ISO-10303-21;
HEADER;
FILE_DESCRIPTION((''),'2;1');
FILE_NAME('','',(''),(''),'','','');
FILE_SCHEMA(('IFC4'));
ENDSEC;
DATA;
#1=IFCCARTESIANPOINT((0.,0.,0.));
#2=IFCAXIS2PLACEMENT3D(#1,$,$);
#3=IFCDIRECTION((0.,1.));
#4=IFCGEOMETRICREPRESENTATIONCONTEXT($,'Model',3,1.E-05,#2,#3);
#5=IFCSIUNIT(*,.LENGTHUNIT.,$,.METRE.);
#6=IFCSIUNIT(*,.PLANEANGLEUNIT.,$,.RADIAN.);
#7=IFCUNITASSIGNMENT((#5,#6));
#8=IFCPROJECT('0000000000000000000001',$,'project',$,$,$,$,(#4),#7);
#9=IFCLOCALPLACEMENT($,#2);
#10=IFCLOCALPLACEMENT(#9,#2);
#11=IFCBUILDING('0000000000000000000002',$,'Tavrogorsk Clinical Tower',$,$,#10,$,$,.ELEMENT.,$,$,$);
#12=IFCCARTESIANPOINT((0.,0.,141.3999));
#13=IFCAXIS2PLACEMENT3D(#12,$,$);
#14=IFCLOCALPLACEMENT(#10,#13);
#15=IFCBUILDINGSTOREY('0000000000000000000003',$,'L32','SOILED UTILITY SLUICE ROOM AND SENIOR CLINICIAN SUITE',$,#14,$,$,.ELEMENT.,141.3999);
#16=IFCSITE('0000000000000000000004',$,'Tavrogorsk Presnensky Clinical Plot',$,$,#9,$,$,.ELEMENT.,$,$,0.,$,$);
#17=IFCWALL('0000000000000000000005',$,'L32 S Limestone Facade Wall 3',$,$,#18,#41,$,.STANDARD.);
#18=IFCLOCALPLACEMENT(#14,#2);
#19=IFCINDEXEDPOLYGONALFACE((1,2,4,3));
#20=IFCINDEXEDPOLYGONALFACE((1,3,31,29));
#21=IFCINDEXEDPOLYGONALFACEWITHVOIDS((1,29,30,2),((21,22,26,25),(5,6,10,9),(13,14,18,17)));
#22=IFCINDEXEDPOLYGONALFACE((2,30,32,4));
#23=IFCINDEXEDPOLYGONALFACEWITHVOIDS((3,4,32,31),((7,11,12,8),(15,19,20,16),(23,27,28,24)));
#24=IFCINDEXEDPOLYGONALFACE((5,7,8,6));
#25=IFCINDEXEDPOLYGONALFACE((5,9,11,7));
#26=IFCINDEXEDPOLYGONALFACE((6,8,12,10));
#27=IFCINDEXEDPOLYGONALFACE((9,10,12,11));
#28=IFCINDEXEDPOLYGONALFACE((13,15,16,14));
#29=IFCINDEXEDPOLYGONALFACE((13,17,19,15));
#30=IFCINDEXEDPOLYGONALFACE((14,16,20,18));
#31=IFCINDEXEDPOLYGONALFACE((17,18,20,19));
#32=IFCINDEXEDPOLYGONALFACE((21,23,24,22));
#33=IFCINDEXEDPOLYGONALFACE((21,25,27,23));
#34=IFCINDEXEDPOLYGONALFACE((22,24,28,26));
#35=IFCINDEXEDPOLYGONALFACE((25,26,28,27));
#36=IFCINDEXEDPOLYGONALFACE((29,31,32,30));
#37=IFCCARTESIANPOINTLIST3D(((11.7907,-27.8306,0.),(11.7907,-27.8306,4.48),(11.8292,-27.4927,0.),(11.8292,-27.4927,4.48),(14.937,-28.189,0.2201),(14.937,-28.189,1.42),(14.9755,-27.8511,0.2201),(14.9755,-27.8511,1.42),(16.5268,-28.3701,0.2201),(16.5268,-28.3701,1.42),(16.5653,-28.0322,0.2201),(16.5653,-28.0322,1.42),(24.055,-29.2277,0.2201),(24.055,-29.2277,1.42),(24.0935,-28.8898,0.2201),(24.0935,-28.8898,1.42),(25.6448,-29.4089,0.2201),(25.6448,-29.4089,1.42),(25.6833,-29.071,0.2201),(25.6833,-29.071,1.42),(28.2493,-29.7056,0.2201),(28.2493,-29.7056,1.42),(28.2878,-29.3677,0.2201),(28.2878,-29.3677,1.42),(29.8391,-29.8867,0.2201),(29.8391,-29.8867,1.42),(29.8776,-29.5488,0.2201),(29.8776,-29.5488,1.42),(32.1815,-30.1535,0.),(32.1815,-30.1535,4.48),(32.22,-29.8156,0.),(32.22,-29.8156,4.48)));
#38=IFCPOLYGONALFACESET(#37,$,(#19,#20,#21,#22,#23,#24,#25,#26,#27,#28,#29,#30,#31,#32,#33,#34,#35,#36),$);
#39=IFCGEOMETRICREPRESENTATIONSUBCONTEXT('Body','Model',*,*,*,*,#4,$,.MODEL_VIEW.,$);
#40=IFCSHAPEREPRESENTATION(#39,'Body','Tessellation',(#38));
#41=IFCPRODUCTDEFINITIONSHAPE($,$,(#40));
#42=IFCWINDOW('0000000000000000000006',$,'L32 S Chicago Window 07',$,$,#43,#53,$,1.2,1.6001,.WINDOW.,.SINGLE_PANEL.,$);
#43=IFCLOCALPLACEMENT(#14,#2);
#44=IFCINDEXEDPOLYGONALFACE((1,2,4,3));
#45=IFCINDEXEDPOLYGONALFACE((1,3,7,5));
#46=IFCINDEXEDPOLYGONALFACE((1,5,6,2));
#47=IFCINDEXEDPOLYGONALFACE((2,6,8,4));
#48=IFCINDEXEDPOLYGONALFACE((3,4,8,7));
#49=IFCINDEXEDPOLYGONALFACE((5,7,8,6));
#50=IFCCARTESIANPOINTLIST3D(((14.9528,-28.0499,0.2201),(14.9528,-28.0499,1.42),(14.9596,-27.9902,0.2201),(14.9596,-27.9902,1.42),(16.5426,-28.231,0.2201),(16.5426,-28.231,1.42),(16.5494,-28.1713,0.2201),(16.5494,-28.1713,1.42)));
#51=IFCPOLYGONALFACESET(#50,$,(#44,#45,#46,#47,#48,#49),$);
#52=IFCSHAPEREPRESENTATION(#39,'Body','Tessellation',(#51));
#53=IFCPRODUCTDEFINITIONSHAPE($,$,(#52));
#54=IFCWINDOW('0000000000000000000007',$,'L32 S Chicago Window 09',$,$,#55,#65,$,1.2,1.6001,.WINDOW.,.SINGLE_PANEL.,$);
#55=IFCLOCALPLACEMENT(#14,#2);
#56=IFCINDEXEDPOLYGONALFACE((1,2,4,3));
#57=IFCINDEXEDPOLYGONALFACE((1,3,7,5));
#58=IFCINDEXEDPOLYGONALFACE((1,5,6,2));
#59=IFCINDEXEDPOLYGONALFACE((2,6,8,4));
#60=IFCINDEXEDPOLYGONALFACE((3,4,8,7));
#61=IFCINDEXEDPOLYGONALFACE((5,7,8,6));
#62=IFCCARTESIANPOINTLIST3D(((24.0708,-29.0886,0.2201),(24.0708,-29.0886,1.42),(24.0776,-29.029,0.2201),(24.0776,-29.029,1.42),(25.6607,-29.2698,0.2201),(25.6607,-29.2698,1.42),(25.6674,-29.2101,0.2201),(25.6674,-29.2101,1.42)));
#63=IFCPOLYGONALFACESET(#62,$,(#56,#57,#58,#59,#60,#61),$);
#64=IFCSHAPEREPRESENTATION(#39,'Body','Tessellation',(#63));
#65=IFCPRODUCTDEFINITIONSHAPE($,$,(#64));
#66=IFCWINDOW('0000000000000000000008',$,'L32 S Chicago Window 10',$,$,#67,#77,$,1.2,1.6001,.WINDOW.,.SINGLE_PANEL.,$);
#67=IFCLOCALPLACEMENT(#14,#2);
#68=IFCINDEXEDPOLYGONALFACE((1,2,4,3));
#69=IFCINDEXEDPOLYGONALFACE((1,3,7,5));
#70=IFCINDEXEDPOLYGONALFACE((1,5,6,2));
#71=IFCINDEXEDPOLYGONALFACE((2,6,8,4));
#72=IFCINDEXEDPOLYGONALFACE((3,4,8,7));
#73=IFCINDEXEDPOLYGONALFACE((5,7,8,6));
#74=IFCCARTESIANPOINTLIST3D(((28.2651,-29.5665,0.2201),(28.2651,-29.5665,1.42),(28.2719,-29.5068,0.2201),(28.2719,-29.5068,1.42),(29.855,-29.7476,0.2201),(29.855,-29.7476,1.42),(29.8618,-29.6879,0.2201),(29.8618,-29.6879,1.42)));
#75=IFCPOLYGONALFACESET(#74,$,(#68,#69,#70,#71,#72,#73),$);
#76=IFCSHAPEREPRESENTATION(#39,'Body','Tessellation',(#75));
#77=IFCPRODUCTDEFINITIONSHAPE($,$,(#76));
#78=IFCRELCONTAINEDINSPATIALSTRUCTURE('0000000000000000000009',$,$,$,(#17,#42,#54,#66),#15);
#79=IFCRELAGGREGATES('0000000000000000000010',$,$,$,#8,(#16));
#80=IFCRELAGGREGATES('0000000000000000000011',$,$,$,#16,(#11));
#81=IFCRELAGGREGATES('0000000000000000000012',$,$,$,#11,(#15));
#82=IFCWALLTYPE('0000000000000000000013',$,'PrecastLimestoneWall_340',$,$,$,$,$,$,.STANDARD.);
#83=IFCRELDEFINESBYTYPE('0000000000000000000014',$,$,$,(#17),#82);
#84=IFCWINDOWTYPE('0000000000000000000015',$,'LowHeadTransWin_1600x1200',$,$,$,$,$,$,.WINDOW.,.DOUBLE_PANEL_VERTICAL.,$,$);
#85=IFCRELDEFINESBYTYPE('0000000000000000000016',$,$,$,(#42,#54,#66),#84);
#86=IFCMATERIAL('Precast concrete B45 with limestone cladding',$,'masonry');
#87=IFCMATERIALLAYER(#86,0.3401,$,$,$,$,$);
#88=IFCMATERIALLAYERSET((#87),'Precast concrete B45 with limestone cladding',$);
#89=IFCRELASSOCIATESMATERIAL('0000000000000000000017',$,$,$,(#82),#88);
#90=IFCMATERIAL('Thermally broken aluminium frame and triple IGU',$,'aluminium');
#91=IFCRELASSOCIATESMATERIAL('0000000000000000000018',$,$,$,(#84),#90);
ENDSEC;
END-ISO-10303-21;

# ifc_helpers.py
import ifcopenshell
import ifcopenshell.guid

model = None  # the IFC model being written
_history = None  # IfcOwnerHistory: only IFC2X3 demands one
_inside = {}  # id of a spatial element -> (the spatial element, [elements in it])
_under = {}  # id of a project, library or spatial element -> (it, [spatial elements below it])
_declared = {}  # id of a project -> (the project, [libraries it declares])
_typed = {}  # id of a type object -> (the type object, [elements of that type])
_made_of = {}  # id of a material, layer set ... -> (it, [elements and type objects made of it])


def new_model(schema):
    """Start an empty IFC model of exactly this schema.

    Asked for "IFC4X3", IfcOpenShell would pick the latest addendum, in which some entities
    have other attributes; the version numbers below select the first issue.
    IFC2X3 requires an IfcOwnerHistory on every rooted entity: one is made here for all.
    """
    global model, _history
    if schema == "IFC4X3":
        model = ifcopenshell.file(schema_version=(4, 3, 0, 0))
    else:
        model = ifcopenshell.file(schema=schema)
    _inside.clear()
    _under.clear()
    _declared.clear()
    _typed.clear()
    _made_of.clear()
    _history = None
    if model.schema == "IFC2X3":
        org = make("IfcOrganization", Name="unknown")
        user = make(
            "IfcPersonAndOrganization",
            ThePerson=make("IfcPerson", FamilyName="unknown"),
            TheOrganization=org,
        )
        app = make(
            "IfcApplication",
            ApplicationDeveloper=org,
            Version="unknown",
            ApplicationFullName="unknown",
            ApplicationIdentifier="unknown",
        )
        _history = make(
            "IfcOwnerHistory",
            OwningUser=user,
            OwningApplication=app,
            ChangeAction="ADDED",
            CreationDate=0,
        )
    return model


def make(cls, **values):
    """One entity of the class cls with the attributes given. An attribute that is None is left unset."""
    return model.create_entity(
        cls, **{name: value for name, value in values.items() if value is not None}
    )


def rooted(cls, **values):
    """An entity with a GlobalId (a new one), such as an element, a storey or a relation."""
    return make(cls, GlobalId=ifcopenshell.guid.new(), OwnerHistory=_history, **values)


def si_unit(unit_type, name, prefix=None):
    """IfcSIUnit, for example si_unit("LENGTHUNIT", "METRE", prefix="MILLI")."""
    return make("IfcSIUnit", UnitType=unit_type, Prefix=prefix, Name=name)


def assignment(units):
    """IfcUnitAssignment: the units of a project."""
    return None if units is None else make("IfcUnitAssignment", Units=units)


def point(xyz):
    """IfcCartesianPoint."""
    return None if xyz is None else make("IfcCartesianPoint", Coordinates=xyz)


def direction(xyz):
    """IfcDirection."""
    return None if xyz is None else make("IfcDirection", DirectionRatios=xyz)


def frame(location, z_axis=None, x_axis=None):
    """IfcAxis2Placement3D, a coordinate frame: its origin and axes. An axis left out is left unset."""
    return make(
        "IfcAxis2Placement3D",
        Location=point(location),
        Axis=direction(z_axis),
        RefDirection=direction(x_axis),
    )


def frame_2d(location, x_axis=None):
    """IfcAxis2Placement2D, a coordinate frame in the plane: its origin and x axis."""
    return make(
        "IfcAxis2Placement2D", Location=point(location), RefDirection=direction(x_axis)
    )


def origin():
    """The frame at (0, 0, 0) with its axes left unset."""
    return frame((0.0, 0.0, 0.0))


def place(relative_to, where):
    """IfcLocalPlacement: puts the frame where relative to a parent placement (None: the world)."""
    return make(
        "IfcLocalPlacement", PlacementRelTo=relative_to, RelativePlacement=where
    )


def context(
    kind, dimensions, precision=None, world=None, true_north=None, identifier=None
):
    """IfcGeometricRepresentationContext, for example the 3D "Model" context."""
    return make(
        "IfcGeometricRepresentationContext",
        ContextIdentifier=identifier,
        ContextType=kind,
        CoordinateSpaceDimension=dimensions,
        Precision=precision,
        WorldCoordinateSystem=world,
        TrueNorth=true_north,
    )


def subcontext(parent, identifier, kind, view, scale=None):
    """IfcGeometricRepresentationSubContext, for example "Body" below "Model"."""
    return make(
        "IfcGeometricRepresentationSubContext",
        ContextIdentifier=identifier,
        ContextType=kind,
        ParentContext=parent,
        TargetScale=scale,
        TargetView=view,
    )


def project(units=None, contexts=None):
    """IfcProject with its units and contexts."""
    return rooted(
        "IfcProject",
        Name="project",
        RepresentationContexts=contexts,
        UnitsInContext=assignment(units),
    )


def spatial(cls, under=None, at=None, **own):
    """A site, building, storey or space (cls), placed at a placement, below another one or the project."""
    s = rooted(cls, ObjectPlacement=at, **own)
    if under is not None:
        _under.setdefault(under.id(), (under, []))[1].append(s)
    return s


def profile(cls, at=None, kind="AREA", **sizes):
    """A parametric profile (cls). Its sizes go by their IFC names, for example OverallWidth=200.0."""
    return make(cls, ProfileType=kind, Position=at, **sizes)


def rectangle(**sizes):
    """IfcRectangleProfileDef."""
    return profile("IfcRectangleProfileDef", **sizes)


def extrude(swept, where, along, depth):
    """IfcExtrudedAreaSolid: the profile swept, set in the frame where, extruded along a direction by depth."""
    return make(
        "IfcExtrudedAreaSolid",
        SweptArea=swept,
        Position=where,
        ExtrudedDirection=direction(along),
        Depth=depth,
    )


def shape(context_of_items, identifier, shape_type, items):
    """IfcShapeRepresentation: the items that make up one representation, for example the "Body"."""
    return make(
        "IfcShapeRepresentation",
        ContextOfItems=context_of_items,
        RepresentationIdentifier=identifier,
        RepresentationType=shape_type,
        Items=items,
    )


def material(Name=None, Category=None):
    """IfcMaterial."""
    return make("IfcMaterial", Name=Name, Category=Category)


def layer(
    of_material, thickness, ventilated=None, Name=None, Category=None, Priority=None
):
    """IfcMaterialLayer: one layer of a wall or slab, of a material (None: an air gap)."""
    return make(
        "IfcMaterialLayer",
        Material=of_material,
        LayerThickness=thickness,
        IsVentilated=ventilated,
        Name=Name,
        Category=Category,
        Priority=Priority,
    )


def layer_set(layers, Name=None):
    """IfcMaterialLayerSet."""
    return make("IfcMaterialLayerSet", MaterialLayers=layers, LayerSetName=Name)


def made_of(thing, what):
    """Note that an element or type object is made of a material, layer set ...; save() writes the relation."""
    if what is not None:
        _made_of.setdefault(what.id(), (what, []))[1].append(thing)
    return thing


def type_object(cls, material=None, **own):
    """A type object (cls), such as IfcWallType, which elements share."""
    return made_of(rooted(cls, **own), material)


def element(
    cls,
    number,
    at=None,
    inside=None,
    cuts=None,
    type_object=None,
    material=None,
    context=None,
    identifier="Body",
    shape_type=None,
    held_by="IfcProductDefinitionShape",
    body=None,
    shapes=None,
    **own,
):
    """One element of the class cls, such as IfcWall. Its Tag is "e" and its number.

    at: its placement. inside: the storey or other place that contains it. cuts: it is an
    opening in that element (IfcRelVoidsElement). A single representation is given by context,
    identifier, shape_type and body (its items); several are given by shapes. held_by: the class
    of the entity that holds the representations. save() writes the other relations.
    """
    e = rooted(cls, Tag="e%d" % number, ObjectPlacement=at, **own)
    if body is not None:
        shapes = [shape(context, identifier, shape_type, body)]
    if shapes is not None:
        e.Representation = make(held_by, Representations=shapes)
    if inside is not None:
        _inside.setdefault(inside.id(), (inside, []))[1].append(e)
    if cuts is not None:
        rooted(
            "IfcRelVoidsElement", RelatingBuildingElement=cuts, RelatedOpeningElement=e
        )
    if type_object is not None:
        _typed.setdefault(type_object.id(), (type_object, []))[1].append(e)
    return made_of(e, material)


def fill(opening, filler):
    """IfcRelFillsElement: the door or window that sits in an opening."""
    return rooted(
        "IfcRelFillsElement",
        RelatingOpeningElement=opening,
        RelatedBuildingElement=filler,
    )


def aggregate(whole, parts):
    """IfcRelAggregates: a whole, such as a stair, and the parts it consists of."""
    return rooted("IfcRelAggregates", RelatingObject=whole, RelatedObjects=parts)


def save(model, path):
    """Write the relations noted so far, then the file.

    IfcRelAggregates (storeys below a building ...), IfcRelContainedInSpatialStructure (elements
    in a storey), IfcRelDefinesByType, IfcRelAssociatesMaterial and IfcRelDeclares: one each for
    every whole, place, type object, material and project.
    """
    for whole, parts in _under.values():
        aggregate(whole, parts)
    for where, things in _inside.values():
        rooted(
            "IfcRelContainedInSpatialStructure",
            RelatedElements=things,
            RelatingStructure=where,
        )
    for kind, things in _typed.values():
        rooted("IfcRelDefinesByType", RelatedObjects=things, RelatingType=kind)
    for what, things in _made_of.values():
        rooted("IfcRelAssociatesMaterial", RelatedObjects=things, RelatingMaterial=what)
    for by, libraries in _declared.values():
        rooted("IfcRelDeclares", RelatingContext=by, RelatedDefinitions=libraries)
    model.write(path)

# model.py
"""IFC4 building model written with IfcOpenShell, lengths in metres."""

from ifc_helpers import new_model, si_unit, direction, frame, frame_2d, origin, place, context, subcontext, project, spatial, rectangle, extrude, material, layer, layer_set, type_object, element, fill, save


model = new_model("IFC4")

# Units and contexts
model_context = context("Model", 3, precision=1e-05, world=origin(), true_north=direction((0.0, 1.0)))
body_context = subcontext(model_context, "Body", "Model", "MODEL_VIEW")
ifc_project = project(units=[si_unit("LENGTHUNIT", "METRE"), si_unit("PLANEANGLEUNIT", "RADIAN")], contexts=[model_context])

# Site, building, storey
site_placement = place(None, origin())
site = spatial("IfcSite", under=ifc_project, at=site_placement, Name="Tavrogorsk Presnensky Clinical Plot", CompositionType="ELEMENT", RefElevation=0.0)
building_placement = place(site_placement, origin())
building = spatial("IfcBuilding", under=site, at=building_placement, Name="Tavrogorsk Clinical Tower", CompositionType="ELEMENT")
storey_placement = place(building_placement, frame((0.0, 0.0, 141.3999)))
storey = spatial("IfcBuildingStorey", under=building, at=storey_placement, Name="L32", Description="SOILED UTILITY SLUICE ROOM AND SENIOR CLINICIAN SUITE", CompositionType="ELEMENT", Elevation=141.3999)

# Wall, openings, windows
ifc_material_1 = material(Name="Precast concrete B45 with limestone cladding", Category="masonry")
ifc_layer_1 = layer(ifc_material_1, 0.3401)
ifc_layer_set_1 = layer_set([ifc_layer_1], Name="Precast concrete B45 with limestone cladding")
wall_type_1 = type_object("IfcWallType", Name="PrecastLimestoneWall_340", PredefinedType="STANDARD", material=ifc_layer_set_1)
wall_1_placement = place(storey_placement, frame((11.8101, -27.6616, 0.0), z_axis=(0.0, 0.0, 1.0), x_axis=(0.993573, -0.113191, 0.0)))
wall_1 = element("IfcWall", 1, at=wall_1_placement, inside=storey, type_object=wall_type_1, Name="L32 S Limestone Facade Wall 3", PredefinedType="STANDARD", context=body_context, shape_type="SweptSolid", body=[
    extrude(rectangle(XDim=20.5227, YDim=0.3401, at=frame_2d((10.2612, 0.0))), origin(), (0.0, 0.0, 1.0), 4.48),
])
opening_1_placement = place(wall_1_placement, frame((3.1665, 0.0, 0.22)))
opening_1 = element("IfcOpeningElement", 2, at=opening_1_placement, cuts=wall_1, PredefinedType="OPENING", context=body_context, shape_type="SweptSolid", body=[
    extrude(rectangle(XDim=1.6001, YDim=1.2, at=frame_2d((0.8, 0.6001))), frame((0.0, 0.1799, 0.0), z_axis=(0.0, -1.0, 0.0), x_axis=(1.0, 0.0, 0.0)), (0.0, 0.0, 1.0), 0.3601),
])
opening_2_placement = place(wall_1_placement, frame((12.3435, 0.0, 0.22)))
opening_2 = element("IfcOpeningElement", 3, at=opening_2_placement, cuts=wall_1, PredefinedType="OPENING", context=body_context, shape_type="SweptSolid", body=[
    extrude(rectangle(XDim=1.6001, YDim=1.2, at=frame_2d((0.8, 0.6001))), frame((0.0, 0.1799, 0.0), z_axis=(0.0, -1.0, 0.0), x_axis=(1.0, 0.0, 0.0)), (0.0, 0.0, 1.0), 0.3601),
])
opening_3_placement = place(wall_1_placement, frame((16.5649, 0.0, 0.22)))
opening_3 = element("IfcOpeningElement", 4, at=opening_3_placement, cuts=wall_1, PredefinedType="OPENING", context=body_context, shape_type="SweptSolid", body=[
    extrude(rectangle(XDim=1.6001, YDim=1.2, at=frame_2d((0.8, 0.6001))), frame((0.0, 0.1799, 0.0), z_axis=(0.0, -1.0, 0.0), x_axis=(1.0, 0.0, 0.0)), (0.0, 0.0, 1.0), 0.3601),
])
ifc_material_2 = material(Name="Thermally broken aluminium frame and triple IGU", Category="aluminium")
window_type = type_object("IfcWindowType", Name="LowHeadTransWin_1600x1200", PartitioningType="DOUBLE_PANEL_VERTICAL", PredefinedType="WINDOW", material=ifc_material_2)
window_1_placement = place(opening_1_placement, origin())
window_1 = element("IfcWindow", 5, at=window_1_placement, inside=storey, type_object=window_type, Name="L32 S Chicago Window 07", OverallHeight=1.2, OverallWidth=1.6001, PartitioningType="SINGLE_PANEL", PredefinedType="WINDOW", context=body_context, shape_type="SweptSolid", body=[
    extrude(rectangle(XDim=1.6001, YDim=1.2, at=frame_2d((0.8, 0.6001))), frame((0.0, 0.03, 0.0), z_axis=(0.0, -1.0, 0.0), x_axis=(1.0, 0.0, 0.0)), (0.0, 0.0, 1.0), 0.0601),
])
fill(opening_1, window_1)
window_2_placement = place(opening_2_placement, origin())
window_2 = element("IfcWindow", 6, at=window_2_placement, inside=storey, type_object=window_type, Name="L32 S Chicago Window 09", OverallHeight=1.2, OverallWidth=1.6001, PartitioningType="SINGLE_PANEL", PredefinedType="WINDOW", context=body_context, shape_type="SweptSolid", body=[
    extrude(rectangle(XDim=1.6001, YDim=1.2, at=frame_2d((0.8, 0.6001))), frame((0.0, 0.03, 0.0), z_axis=(0.0, -1.0, 0.0), x_axis=(1.0, 0.0, 0.0)), (0.0, 0.0, 1.0), 0.0601),
])
fill(opening_2, window_2)
window_3_placement = place(opening_3_placement, origin())
window_3 = element("IfcWindow", 7, at=window_3_placement, inside=storey, type_object=window_type, Name="L32 S Chicago Window 10", OverallHeight=1.2, OverallWidth=1.6001, PartitioningType="SINGLE_PANEL", PredefinedType="WINDOW", context=body_context, shape_type="SweptSolid", body=[
    extrude(rectangle(XDim=1.6001, YDim=1.2, at=frame_2d((0.8, 0.6001))), frame((0.0, 0.03, 0.0), z_axis=(0.0, -1.0, 0.0), x_axis=(1.0, 0.0, 0.0)), (0.0, 0.0, 1.0), 0.0601),
])
fill(opening_3, window_3)

save(model, "model.ifc")
